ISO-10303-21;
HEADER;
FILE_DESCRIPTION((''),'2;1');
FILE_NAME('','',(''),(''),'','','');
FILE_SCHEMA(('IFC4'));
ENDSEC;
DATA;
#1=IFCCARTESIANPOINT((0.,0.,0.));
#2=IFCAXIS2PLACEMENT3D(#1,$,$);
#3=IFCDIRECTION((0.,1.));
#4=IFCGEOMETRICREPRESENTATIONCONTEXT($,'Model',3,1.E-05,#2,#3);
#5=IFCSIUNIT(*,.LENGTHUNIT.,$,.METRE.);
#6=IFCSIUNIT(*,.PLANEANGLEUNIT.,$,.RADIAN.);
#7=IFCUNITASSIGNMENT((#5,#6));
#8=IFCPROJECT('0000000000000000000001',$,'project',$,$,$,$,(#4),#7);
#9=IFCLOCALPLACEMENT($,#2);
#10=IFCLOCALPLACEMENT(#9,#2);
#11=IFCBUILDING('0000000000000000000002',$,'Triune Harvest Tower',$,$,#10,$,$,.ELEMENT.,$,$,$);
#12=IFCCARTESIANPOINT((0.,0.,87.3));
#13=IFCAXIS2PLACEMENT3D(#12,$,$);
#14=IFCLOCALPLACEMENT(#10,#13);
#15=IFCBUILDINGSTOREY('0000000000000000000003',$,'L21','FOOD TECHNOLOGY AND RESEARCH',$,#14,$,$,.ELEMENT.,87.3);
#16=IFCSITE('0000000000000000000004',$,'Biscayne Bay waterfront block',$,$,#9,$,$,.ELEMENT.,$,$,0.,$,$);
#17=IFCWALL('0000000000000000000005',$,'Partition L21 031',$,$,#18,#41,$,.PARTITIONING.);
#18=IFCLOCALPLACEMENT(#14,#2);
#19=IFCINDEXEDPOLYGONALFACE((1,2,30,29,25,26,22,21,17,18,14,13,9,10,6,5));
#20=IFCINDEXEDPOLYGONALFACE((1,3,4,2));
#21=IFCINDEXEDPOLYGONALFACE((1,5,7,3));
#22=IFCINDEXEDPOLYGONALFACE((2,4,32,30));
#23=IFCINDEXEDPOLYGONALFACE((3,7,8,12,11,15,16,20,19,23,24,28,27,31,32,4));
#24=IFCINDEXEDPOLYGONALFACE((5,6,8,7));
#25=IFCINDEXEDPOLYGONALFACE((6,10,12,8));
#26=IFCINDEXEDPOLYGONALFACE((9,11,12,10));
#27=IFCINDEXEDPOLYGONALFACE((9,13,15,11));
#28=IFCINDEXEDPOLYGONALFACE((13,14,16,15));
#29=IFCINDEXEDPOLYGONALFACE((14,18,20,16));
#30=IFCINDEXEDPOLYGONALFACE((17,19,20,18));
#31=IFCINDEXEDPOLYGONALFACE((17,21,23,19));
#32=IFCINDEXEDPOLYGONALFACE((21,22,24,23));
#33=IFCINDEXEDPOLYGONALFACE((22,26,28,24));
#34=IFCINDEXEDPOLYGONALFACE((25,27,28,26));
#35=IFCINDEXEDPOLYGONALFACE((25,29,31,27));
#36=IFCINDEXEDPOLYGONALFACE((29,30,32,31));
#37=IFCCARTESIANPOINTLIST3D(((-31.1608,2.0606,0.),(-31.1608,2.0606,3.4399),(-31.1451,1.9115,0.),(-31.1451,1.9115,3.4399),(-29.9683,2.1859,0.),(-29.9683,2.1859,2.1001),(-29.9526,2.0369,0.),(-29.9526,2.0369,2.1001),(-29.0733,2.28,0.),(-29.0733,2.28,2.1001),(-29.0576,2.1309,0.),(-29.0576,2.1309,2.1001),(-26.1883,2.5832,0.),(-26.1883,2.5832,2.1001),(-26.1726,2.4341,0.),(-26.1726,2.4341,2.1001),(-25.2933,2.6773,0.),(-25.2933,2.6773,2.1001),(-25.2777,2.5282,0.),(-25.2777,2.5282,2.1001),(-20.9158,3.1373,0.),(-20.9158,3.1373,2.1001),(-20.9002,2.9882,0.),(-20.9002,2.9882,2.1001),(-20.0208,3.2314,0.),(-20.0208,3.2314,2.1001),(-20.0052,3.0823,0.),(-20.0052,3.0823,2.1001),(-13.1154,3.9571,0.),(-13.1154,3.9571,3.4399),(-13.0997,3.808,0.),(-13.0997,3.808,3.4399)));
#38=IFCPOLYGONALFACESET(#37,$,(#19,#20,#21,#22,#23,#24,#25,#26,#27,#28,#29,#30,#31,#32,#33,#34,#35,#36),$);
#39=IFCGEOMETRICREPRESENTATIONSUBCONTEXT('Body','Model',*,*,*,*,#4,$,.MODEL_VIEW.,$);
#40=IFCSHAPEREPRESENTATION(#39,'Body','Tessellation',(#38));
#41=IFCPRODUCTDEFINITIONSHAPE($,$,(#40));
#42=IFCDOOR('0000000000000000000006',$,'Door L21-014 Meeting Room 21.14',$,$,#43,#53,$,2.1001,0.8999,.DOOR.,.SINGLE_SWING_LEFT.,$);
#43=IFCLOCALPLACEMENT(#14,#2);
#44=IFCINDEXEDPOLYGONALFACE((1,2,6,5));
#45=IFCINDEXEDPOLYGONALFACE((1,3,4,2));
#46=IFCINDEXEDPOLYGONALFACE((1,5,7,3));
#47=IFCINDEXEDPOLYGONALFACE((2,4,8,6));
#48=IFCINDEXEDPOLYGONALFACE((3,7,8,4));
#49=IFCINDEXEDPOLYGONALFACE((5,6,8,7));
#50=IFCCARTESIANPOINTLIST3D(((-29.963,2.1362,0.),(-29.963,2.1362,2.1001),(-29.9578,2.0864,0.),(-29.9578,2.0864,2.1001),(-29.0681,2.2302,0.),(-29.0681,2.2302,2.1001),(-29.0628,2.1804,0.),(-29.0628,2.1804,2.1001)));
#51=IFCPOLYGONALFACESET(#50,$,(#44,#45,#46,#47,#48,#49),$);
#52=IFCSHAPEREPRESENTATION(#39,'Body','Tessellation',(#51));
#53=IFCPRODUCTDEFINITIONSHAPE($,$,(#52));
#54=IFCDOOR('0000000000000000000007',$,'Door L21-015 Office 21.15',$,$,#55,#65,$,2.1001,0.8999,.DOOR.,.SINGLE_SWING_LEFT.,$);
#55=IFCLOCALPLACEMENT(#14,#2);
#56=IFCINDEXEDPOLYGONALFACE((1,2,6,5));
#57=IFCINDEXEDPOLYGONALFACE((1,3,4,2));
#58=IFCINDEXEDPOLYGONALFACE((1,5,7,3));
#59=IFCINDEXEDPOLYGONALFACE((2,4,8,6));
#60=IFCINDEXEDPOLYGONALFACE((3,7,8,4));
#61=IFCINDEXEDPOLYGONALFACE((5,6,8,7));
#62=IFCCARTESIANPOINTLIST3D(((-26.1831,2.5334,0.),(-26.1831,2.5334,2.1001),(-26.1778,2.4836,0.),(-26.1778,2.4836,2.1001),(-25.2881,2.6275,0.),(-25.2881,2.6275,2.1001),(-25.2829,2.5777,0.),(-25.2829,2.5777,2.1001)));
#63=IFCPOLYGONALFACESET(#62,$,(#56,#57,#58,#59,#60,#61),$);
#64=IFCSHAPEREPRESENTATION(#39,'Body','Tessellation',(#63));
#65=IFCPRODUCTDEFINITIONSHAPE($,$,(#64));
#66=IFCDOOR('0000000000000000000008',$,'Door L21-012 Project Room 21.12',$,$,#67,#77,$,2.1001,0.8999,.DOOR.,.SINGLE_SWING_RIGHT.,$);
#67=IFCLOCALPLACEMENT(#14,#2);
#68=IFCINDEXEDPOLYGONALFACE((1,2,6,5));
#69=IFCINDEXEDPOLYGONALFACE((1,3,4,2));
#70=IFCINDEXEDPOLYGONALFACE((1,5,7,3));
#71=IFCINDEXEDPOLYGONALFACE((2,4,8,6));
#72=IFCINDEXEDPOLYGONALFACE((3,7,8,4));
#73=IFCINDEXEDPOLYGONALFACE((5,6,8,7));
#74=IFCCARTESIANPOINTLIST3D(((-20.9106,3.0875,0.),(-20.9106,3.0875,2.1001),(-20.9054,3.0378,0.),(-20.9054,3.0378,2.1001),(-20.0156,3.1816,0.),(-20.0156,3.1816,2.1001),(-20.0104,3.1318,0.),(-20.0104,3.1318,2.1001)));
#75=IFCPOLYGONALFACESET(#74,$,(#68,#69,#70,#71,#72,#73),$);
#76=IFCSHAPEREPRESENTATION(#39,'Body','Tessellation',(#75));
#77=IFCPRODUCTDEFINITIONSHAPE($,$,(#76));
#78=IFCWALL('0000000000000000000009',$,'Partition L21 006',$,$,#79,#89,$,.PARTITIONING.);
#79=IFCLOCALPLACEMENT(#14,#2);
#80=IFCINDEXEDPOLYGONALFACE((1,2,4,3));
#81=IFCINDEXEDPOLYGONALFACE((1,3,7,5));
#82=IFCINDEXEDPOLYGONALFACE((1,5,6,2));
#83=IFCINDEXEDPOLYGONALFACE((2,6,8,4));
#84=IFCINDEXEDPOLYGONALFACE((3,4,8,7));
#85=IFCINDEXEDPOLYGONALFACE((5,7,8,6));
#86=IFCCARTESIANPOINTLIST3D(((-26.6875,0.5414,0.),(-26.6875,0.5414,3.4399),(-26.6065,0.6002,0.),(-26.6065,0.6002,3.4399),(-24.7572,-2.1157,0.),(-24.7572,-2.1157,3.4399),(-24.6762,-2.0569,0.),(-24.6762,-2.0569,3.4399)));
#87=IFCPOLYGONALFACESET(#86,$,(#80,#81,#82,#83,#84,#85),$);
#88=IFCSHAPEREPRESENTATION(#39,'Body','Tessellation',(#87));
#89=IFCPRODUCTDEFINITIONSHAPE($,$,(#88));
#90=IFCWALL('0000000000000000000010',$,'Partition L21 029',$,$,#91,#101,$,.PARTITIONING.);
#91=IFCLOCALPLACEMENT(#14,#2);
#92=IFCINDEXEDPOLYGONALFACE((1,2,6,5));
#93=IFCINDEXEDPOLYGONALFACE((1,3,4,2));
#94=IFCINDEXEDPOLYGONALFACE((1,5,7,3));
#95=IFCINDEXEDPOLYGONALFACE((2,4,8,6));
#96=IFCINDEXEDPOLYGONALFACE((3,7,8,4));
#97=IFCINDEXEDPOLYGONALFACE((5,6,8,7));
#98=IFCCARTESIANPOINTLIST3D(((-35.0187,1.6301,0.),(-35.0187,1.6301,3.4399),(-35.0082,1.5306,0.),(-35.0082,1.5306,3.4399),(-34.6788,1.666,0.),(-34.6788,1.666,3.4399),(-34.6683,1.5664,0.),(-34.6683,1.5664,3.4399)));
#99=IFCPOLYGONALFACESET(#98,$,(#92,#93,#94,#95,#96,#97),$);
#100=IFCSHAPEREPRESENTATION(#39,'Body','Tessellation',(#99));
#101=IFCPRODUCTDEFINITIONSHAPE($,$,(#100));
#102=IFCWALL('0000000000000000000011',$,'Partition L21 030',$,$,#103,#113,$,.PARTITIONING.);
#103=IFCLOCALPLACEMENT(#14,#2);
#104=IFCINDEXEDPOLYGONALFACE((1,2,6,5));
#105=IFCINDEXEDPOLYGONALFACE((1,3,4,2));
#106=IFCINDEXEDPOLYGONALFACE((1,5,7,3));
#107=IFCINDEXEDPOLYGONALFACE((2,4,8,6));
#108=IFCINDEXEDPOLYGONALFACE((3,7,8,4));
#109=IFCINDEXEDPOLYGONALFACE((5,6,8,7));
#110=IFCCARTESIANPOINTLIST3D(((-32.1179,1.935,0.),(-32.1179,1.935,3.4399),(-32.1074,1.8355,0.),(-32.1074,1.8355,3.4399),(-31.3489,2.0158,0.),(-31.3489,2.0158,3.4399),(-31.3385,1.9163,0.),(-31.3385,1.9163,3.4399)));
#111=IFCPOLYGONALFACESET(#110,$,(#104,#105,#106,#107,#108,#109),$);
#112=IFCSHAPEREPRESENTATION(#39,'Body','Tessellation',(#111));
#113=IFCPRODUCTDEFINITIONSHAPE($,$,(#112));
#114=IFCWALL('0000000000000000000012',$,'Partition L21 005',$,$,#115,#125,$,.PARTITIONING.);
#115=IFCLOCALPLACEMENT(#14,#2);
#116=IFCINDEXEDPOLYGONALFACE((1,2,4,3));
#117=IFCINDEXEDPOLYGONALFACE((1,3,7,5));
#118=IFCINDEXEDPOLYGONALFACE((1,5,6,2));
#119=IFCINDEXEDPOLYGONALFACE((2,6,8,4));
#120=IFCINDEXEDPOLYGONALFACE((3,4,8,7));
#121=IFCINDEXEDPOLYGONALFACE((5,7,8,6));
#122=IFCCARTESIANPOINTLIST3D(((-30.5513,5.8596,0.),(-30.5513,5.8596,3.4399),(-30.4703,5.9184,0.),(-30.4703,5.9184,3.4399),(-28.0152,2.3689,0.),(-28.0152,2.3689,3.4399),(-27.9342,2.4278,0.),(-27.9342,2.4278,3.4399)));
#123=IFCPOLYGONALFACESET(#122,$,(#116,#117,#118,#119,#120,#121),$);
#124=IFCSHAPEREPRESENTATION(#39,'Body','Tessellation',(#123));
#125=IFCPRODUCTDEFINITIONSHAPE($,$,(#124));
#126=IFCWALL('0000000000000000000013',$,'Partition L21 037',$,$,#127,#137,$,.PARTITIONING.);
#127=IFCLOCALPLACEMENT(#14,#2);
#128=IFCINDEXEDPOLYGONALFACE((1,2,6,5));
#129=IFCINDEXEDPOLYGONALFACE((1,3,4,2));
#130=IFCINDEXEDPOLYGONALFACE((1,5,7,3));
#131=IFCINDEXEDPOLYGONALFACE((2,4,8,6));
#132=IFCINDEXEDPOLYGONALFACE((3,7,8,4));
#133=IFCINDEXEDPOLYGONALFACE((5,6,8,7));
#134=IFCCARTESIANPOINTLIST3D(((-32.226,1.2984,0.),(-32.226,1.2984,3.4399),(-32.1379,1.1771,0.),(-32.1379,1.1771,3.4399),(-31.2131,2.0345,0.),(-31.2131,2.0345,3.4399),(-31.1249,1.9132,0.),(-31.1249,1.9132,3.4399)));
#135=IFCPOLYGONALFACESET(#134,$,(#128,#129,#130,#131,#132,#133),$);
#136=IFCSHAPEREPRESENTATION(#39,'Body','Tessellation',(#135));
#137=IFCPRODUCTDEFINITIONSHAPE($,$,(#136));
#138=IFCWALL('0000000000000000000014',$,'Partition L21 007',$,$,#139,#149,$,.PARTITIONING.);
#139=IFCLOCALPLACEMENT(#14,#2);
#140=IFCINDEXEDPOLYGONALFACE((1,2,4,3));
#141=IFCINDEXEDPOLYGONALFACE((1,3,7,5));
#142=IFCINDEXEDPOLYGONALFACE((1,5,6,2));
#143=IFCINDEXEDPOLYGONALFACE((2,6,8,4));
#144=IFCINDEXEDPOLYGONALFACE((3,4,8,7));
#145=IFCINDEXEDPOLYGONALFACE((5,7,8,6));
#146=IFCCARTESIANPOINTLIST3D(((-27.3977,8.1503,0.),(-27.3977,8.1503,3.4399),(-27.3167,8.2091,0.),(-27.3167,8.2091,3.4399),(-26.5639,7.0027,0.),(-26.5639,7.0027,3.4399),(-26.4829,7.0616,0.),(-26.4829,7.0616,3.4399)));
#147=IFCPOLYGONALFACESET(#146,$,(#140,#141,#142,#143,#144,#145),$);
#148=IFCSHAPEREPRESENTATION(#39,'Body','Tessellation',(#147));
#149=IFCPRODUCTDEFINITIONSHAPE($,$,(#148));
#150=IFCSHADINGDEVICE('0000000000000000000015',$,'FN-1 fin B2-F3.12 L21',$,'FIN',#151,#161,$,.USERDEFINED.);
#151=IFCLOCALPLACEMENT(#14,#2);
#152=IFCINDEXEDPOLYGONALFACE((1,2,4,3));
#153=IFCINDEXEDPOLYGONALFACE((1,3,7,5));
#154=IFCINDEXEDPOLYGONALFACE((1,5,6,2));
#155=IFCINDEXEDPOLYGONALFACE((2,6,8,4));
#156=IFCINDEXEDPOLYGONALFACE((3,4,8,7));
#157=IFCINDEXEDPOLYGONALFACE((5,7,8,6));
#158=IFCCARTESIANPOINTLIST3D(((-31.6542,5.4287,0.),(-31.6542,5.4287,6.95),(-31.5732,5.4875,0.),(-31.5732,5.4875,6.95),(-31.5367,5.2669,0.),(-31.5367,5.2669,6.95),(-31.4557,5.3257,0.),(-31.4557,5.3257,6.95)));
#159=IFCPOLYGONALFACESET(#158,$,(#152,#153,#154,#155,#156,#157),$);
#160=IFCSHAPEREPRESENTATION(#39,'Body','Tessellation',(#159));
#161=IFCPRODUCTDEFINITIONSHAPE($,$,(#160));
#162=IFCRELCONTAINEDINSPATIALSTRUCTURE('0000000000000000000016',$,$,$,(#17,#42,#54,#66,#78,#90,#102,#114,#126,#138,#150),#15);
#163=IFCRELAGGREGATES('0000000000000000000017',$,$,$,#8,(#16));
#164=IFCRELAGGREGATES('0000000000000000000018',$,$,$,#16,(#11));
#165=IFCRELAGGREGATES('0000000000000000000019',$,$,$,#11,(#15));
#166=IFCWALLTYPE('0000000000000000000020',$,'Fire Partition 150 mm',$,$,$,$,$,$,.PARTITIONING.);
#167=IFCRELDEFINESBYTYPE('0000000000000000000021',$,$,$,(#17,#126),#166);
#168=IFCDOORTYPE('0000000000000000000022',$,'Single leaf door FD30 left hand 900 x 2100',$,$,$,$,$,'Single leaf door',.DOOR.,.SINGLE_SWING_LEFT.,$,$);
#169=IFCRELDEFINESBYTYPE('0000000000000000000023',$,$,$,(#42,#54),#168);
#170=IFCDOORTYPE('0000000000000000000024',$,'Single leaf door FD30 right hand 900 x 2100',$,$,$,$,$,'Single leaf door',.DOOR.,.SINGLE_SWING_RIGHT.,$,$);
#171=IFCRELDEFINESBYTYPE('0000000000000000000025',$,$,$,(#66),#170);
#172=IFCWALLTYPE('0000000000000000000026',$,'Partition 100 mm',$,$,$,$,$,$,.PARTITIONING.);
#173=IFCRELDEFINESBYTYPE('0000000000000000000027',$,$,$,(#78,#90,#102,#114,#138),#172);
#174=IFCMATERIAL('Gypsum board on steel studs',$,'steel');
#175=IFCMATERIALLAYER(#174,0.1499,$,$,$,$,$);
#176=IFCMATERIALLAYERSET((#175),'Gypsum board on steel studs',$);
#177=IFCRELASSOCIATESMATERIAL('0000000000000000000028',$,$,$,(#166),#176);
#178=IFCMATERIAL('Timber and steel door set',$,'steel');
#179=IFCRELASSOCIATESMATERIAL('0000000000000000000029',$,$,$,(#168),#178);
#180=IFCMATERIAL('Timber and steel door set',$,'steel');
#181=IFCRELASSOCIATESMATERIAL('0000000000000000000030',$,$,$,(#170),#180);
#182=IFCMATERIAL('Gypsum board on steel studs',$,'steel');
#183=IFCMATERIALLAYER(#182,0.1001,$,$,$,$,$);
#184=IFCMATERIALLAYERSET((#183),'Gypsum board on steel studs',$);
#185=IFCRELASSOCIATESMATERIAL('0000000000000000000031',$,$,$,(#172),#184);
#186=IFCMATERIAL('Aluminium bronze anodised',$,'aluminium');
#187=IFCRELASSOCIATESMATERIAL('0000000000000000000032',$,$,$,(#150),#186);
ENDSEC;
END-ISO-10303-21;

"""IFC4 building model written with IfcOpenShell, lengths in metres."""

from ifc_helpers import new_model, si_unit, direction, frame, frame_2d, origin, origin_2d, place, context, subcontext, project, spatial, rectangle, extrude, source, transform, mapped, material, layer, layer_set, type_object, element, fill, save


model = new_model("IFC4")

# Units and contexts
model_context = context("Model", 3, precision=1e-05, world=origin(), true_north=direction((0.0, 1.0)))
body_context = subcontext(model_context, "Body", "Model", "MODEL_VIEW")
ifc_project = project(units=[si_unit("LENGTHUNIT", "METRE"), si_unit("PLANEANGLEUNIT", "RADIAN")], contexts=[model_context])

# Site, building, storey
site_placement = place(None, origin())
site = spatial("IfcSite", under=ifc_project, at=site_placement, Name="Biscayne Bay waterfront block", CompositionType="ELEMENT", RefElevation=0.0)
building_placement = place(site_placement, origin())
building = spatial("IfcBuilding", under=site, at=building_placement, Name="Triune Harvest Tower", CompositionType="ELEMENT")
storey_placement = place(building_placement, frame((0.0, 0.0, 87.3)))
storey = spatial("IfcBuildingStorey", under=building, at=storey_placement, Name="L21", Description="FOOD TECHNOLOGY AND RESEARCH", CompositionType="ELEMENT", Elevation=87.3)

# Shared definitions
ifc_material_1 = material(Name="Gypsum board on steel studs", Category="steel")
ifc_layer_1 = layer(ifc_material_1, 0.1499)
ifc_layer_set_1 = layer_set([ifc_layer_1], Name="Gypsum board on steel studs")
wall_type_1 = type_object("IfcWallType", Name="Fire Partition 150 mm", PredefinedType="PARTITIONING", material=ifc_layer_set_1)

# Wall, openings, doors
wall_1_placement = place(storey_placement, frame((-31.1528, 1.9861, 0.0), z_axis=(0.0, 0.0, 1.0), x_axis=(0.994523, 0.104519, 0.0)))
wall_1 = element("IfcWall", 1, at=wall_1_placement, inside=storey, type_object=wall_type_1, Name="Partition L21 031", PredefinedType="PARTITIONING", context=body_context, shape_type="SweptSolid", body=[
    extrude(rectangle(XDim=18.1448, YDim=0.1499, at=frame_2d((9.0723, 0.0))), origin(), (0.0, 0.0, 1.0), 3.4399),
])
opening_1_placement = place(wall_1_placement, frame((10.3013, 0.0, 0.0)))
opening_1 = element("IfcOpeningElement", 2, at=opening_1_placement, cuts=wall_1, PredefinedType="OPENING", context=body_context, shape_type="SweptSolid", body=[
    extrude(rectangle(XDim=0.8999, YDim=2.1001, at=frame_2d((0.45, 1.05))), frame((0.0, 0.085, 0.0), z_axis=(0.0, -1.0, 0.0), x_axis=(1.0, 0.0, 0.0)), (0.0, 0.0, 1.0), 0.1699),
])
opening_2_placement = place(wall_1_placement, frame((1.199, 0.0, 0.0)))
opening_2 = element("IfcOpeningElement", 3, at=opening_2_placement, cuts=wall_1, PredefinedType="OPENING", context=body_context, shape_type="SweptSolid", body=[
    extrude(rectangle(XDim=0.8999, YDim=2.1001, at=frame_2d((0.45, 1.05))), frame((0.0, 0.085, 0.0), z_axis=(0.0, -1.0, 0.0), x_axis=(1.0, 0.0, 0.0)), (0.0, 0.0, 1.0), 0.1699),
])
opening_3_placement = place(wall_1_placement, frame((4.9998, 0.0, 0.0)))
opening_3 = element("IfcOpeningElement", 4, at=opening_3_placement, cuts=wall_1, PredefinedType="OPENING", context=body_context, shape_type="SweptSolid", body=[
    extrude(rectangle(XDim=0.8999, YDim=2.1001, at=frame_2d((0.45, 1.05))), frame((0.0, 0.085, 0.0), z_axis=(0.0, -1.0, 0.0), x_axis=(1.0, 0.0, 0.0)), (0.0, 0.0, 1.0), 0.1699),
])
ifc_material_2 = material(Name="Timber and steel door set", Category="steel")
door_type_1 = type_object("IfcDoorType", Name="Single leaf door FD30 left hand 900 x 2100", ElementType="Single leaf door", OperationType="SINGLE_SWING_LEFT", PredefinedType="DOOR", material=ifc_material_2)
door_1_placement = place(opening_2_placement, origin())
door_1 = element("IfcDoor", 5, at=door_1_placement, inside=storey, type_object=door_type_1, Name="Door L21-014 Meeting Room 21.14", OperationType="SINGLE_SWING_LEFT", OverallHeight=2.1001, OverallWidth=0.8999, PredefinedType="DOOR", context=body_context, shape_type="SweptSolid", body=[
    extrude(rectangle(XDim=0.8999, YDim=2.1001, at=frame_2d((0.45, 1.05))), frame((0.0, 0.0249, 0.0), z_axis=(0.0, -1.0, 0.0), x_axis=(1.0, 0.0, 0.0)), (0.0, 0.0, 1.0), 0.05),
])
fill(opening_2, door_1)
door_2_placement = place(opening_3_placement, origin())
door_2 = element("IfcDoor", 6, at=door_2_placement, inside=storey, type_object=door_type_1, Name="Door L21-015 Office 21.15", OperationType="SINGLE_SWING_LEFT", OverallHeight=2.1001, OverallWidth=0.8999, PredefinedType="DOOR", context=body_context, shape_type="SweptSolid", body=[
    extrude(rectangle(XDim=0.8999, YDim=2.1001, at=frame_2d((0.45, 1.05))), frame((0.0, 0.0249, 0.0), z_axis=(0.0, -1.0, 0.0), x_axis=(1.0, 0.0, 0.0)), (0.0, 0.0, 1.0), 0.05),
])
fill(opening_3, door_2)
ifc_material_3 = material(Name="Timber and steel door set", Category="steel")
door_type_2 = type_object("IfcDoorType", Name="Single leaf door FD30 right hand 900 x 2100", ElementType="Single leaf door", OperationType="SINGLE_SWING_RIGHT", PredefinedType="DOOR", material=ifc_material_3)
door_3_placement = place(opening_1_placement, origin())
door_3 = element("IfcDoor", 7, at=door_3_placement, inside=storey, type_object=door_type_2, Name="Door L21-012 Project Room 21.12", OperationType="SINGLE_SWING_RIGHT", OverallHeight=2.1001, OverallWidth=0.8999, PredefinedType="DOOR", context=body_context, shape_type="SweptSolid", body=[
    extrude(rectangle(XDim=0.8999, YDim=2.1001, at=frame_2d((0.45, 1.05))), frame((0.0, 0.0249, 0.0), z_axis=(0.0, -1.0, 0.0), x_axis=(1.0, 0.0, 0.0)), (0.0, 0.0, 1.0), 0.05),
])
fill(opening_1, door_3)

# Walls
ifc_material_4 = material(Name="Gypsum board on steel studs", Category="steel")
ifc_layer_2 = layer(ifc_material_4, 0.1001)
ifc_layer_set_2 = layer_set([ifc_layer_2], Name="Gypsum board on steel studs")
wall_type_2 = type_object("IfcWallType", Name="Partition 100 mm", PredefinedType="PARTITIONING", material=ifc_layer_set_2)
wall_2_placement = place(storey_placement, frame((-26.647, 0.5708, 0.0), z_axis=(0.0, 0.0, 1.0), x_axis=(0.587738, -0.809051, 0.0)))
element("IfcWall", 8, at=wall_2_placement, inside=storey, type_object=wall_type_2, Name="Partition L21 006", PredefinedType="PARTITIONING", context=body_context, shape_type="SweptSolid", body=[
    extrude(rectangle(XDim=3.2842, YDim=0.1001, at=frame_2d((1.6421, 0.0))), origin(), (0.0, 0.0, 1.0), 3.4399),
])
wall_3_placement = place(storey_placement, frame((-35.0134, 1.5803, 0.0), z_axis=(0.0, 0.0, 1.0), x_axis=(0.99447, 0.105019, 0.0)))
element("IfcWall", 9, at=wall_3_placement, inside=storey, type_object=wall_type_2, Name="Partition L21 029", PredefinedType="PARTITIONING", context=body_context, shape_type="SweptSolid", body=[
    extrude(rectangle(XDim=0.3418, YDim=0.1001, at=frame_2d((0.1709, 0.0))), origin(), (0.0, 0.0, 1.0), 3.4399),
])
wall_4_placement = place(storey_placement, frame((-32.1128, 1.8853, 0.0), z_axis=(0.0, 0.0, 1.0), x_axis=(0.994524, 0.104504, 0.0)))
element("IfcWall", 10, at=wall_4_placement, inside=storey, type_object=wall_type_2, Name="Partition L21 030", PredefinedType="PARTITIONING", context=body_context, shape_type="SweptSolid", body=[
    extrude(rectangle(XDim=0.7732, YDim=0.1001, at=frame_2d((0.3867, 0.0))), origin(), (0.0, 0.0, 1.0), 3.4399),
])
shared_shape_1 = source(origin(), body_context, "Body", "SweptSolid", [
    extrude(rectangle(XDim=4.3147, YDim=0.1001, at=frame_2d((2.1572, 0.0))), origin(), (0.0, 0.0, 1.0), 3.4399),
])
wall_5_placement = place(storey_placement, frame((-30.5107, 5.8889, 0.0), z_axis=(0.0, 0.0, 1.0), x_axis=(0.587781, -0.80902, 0.0)))
element("IfcWall", 11, at=wall_5_placement, inside=storey, type_object=wall_type_2, Name="Partition L21 005", PredefinedType="PARTITIONING", context=body_context, shape_type="MappedRepresentation", body=[
    mapped(shared_shape_1, transform((0.0, 0.0, 0.0), scale=1.0)),
])
shared_shape_2 = source(origin(), body_context, "Body", "SweptSolid", [
    extrude(rectangle(XDim=1.2522, YDim=0.1499, at=frame_2d((0.626, 0.0))), origin(), (0.0, 0.0, 1.0), 3.4399),
])
wall_6_placement = place(storey_placement, frame((-32.1819, 1.2378, 0.0), z_axis=(0.0, 0.0, 1.0), x_axis=(0.808964, 0.587859, 0.0)))
element("IfcWall", 12, at=wall_6_placement, inside=storey, type_object=wall_type_1, Name="Partition L21 037", PredefinedType="PARTITIONING", context=body_context, shape_type="MappedRepresentation", body=[
    mapped(shared_shape_2, transform((0.0, 0.0, 0.0), scale=1.0)),
])
shared_shape_3 = source(origin(), body_context, "Body", "SweptSolid", [
    extrude(rectangle(XDim=1.4185, YDim=0.1001, at=frame_2d((0.7092, 0.0))), origin(), (0.0, 0.0, 1.0), 3.4399),
])
wall_7_placement = place(storey_placement, frame((-27.3572, 8.1797, 0.0), z_axis=(0.0, 0.0, 1.0), x_axis=(0.587813, -0.808997, 0.0)))
element("IfcWall", 13, at=wall_7_placement, inside=storey, type_object=wall_type_2, Name="Partition L21 007", PredefinedType="PARTITIONING", context=body_context, shape_type="MappedRepresentation", body=[
    mapped(shared_shape_3, transform((0.0, 0.0, 0.0), scale=1.0)),
])

# Shading device
ifc_material_5 = material(Name="Aluminium bronze anodised", Category="aluminium")
shared_shape_4 = source(origin(), body_context, "Body", "SweptSolid", [
    extrude(rectangle(XDim=0.1001, YDim=0.2, at=origin_2d()), origin(), (0.0, 0.0, 1.0), 6.95),
])
shading_device_placement = place(storey_placement, frame((-31.5549, 5.3772, 0.0), z_axis=(0.0, 0.0, 1.0), x_axis=(-0.809017, -0.587785, 0.0)))
element("IfcShadingDevice", 14, at=shading_device_placement, inside=storey, material=ifc_material_5, Name="FN-1 fin B2-F3.12 L21", ObjectType="FIN", PredefinedType="USERDEFINED", context=body_context, shape_type="MappedRepresentation", body=[
    mapped(shared_shape_4, transform((0.0, 0.0, 0.0), scale=1.0)),
])

save(model, "model.ifc")
